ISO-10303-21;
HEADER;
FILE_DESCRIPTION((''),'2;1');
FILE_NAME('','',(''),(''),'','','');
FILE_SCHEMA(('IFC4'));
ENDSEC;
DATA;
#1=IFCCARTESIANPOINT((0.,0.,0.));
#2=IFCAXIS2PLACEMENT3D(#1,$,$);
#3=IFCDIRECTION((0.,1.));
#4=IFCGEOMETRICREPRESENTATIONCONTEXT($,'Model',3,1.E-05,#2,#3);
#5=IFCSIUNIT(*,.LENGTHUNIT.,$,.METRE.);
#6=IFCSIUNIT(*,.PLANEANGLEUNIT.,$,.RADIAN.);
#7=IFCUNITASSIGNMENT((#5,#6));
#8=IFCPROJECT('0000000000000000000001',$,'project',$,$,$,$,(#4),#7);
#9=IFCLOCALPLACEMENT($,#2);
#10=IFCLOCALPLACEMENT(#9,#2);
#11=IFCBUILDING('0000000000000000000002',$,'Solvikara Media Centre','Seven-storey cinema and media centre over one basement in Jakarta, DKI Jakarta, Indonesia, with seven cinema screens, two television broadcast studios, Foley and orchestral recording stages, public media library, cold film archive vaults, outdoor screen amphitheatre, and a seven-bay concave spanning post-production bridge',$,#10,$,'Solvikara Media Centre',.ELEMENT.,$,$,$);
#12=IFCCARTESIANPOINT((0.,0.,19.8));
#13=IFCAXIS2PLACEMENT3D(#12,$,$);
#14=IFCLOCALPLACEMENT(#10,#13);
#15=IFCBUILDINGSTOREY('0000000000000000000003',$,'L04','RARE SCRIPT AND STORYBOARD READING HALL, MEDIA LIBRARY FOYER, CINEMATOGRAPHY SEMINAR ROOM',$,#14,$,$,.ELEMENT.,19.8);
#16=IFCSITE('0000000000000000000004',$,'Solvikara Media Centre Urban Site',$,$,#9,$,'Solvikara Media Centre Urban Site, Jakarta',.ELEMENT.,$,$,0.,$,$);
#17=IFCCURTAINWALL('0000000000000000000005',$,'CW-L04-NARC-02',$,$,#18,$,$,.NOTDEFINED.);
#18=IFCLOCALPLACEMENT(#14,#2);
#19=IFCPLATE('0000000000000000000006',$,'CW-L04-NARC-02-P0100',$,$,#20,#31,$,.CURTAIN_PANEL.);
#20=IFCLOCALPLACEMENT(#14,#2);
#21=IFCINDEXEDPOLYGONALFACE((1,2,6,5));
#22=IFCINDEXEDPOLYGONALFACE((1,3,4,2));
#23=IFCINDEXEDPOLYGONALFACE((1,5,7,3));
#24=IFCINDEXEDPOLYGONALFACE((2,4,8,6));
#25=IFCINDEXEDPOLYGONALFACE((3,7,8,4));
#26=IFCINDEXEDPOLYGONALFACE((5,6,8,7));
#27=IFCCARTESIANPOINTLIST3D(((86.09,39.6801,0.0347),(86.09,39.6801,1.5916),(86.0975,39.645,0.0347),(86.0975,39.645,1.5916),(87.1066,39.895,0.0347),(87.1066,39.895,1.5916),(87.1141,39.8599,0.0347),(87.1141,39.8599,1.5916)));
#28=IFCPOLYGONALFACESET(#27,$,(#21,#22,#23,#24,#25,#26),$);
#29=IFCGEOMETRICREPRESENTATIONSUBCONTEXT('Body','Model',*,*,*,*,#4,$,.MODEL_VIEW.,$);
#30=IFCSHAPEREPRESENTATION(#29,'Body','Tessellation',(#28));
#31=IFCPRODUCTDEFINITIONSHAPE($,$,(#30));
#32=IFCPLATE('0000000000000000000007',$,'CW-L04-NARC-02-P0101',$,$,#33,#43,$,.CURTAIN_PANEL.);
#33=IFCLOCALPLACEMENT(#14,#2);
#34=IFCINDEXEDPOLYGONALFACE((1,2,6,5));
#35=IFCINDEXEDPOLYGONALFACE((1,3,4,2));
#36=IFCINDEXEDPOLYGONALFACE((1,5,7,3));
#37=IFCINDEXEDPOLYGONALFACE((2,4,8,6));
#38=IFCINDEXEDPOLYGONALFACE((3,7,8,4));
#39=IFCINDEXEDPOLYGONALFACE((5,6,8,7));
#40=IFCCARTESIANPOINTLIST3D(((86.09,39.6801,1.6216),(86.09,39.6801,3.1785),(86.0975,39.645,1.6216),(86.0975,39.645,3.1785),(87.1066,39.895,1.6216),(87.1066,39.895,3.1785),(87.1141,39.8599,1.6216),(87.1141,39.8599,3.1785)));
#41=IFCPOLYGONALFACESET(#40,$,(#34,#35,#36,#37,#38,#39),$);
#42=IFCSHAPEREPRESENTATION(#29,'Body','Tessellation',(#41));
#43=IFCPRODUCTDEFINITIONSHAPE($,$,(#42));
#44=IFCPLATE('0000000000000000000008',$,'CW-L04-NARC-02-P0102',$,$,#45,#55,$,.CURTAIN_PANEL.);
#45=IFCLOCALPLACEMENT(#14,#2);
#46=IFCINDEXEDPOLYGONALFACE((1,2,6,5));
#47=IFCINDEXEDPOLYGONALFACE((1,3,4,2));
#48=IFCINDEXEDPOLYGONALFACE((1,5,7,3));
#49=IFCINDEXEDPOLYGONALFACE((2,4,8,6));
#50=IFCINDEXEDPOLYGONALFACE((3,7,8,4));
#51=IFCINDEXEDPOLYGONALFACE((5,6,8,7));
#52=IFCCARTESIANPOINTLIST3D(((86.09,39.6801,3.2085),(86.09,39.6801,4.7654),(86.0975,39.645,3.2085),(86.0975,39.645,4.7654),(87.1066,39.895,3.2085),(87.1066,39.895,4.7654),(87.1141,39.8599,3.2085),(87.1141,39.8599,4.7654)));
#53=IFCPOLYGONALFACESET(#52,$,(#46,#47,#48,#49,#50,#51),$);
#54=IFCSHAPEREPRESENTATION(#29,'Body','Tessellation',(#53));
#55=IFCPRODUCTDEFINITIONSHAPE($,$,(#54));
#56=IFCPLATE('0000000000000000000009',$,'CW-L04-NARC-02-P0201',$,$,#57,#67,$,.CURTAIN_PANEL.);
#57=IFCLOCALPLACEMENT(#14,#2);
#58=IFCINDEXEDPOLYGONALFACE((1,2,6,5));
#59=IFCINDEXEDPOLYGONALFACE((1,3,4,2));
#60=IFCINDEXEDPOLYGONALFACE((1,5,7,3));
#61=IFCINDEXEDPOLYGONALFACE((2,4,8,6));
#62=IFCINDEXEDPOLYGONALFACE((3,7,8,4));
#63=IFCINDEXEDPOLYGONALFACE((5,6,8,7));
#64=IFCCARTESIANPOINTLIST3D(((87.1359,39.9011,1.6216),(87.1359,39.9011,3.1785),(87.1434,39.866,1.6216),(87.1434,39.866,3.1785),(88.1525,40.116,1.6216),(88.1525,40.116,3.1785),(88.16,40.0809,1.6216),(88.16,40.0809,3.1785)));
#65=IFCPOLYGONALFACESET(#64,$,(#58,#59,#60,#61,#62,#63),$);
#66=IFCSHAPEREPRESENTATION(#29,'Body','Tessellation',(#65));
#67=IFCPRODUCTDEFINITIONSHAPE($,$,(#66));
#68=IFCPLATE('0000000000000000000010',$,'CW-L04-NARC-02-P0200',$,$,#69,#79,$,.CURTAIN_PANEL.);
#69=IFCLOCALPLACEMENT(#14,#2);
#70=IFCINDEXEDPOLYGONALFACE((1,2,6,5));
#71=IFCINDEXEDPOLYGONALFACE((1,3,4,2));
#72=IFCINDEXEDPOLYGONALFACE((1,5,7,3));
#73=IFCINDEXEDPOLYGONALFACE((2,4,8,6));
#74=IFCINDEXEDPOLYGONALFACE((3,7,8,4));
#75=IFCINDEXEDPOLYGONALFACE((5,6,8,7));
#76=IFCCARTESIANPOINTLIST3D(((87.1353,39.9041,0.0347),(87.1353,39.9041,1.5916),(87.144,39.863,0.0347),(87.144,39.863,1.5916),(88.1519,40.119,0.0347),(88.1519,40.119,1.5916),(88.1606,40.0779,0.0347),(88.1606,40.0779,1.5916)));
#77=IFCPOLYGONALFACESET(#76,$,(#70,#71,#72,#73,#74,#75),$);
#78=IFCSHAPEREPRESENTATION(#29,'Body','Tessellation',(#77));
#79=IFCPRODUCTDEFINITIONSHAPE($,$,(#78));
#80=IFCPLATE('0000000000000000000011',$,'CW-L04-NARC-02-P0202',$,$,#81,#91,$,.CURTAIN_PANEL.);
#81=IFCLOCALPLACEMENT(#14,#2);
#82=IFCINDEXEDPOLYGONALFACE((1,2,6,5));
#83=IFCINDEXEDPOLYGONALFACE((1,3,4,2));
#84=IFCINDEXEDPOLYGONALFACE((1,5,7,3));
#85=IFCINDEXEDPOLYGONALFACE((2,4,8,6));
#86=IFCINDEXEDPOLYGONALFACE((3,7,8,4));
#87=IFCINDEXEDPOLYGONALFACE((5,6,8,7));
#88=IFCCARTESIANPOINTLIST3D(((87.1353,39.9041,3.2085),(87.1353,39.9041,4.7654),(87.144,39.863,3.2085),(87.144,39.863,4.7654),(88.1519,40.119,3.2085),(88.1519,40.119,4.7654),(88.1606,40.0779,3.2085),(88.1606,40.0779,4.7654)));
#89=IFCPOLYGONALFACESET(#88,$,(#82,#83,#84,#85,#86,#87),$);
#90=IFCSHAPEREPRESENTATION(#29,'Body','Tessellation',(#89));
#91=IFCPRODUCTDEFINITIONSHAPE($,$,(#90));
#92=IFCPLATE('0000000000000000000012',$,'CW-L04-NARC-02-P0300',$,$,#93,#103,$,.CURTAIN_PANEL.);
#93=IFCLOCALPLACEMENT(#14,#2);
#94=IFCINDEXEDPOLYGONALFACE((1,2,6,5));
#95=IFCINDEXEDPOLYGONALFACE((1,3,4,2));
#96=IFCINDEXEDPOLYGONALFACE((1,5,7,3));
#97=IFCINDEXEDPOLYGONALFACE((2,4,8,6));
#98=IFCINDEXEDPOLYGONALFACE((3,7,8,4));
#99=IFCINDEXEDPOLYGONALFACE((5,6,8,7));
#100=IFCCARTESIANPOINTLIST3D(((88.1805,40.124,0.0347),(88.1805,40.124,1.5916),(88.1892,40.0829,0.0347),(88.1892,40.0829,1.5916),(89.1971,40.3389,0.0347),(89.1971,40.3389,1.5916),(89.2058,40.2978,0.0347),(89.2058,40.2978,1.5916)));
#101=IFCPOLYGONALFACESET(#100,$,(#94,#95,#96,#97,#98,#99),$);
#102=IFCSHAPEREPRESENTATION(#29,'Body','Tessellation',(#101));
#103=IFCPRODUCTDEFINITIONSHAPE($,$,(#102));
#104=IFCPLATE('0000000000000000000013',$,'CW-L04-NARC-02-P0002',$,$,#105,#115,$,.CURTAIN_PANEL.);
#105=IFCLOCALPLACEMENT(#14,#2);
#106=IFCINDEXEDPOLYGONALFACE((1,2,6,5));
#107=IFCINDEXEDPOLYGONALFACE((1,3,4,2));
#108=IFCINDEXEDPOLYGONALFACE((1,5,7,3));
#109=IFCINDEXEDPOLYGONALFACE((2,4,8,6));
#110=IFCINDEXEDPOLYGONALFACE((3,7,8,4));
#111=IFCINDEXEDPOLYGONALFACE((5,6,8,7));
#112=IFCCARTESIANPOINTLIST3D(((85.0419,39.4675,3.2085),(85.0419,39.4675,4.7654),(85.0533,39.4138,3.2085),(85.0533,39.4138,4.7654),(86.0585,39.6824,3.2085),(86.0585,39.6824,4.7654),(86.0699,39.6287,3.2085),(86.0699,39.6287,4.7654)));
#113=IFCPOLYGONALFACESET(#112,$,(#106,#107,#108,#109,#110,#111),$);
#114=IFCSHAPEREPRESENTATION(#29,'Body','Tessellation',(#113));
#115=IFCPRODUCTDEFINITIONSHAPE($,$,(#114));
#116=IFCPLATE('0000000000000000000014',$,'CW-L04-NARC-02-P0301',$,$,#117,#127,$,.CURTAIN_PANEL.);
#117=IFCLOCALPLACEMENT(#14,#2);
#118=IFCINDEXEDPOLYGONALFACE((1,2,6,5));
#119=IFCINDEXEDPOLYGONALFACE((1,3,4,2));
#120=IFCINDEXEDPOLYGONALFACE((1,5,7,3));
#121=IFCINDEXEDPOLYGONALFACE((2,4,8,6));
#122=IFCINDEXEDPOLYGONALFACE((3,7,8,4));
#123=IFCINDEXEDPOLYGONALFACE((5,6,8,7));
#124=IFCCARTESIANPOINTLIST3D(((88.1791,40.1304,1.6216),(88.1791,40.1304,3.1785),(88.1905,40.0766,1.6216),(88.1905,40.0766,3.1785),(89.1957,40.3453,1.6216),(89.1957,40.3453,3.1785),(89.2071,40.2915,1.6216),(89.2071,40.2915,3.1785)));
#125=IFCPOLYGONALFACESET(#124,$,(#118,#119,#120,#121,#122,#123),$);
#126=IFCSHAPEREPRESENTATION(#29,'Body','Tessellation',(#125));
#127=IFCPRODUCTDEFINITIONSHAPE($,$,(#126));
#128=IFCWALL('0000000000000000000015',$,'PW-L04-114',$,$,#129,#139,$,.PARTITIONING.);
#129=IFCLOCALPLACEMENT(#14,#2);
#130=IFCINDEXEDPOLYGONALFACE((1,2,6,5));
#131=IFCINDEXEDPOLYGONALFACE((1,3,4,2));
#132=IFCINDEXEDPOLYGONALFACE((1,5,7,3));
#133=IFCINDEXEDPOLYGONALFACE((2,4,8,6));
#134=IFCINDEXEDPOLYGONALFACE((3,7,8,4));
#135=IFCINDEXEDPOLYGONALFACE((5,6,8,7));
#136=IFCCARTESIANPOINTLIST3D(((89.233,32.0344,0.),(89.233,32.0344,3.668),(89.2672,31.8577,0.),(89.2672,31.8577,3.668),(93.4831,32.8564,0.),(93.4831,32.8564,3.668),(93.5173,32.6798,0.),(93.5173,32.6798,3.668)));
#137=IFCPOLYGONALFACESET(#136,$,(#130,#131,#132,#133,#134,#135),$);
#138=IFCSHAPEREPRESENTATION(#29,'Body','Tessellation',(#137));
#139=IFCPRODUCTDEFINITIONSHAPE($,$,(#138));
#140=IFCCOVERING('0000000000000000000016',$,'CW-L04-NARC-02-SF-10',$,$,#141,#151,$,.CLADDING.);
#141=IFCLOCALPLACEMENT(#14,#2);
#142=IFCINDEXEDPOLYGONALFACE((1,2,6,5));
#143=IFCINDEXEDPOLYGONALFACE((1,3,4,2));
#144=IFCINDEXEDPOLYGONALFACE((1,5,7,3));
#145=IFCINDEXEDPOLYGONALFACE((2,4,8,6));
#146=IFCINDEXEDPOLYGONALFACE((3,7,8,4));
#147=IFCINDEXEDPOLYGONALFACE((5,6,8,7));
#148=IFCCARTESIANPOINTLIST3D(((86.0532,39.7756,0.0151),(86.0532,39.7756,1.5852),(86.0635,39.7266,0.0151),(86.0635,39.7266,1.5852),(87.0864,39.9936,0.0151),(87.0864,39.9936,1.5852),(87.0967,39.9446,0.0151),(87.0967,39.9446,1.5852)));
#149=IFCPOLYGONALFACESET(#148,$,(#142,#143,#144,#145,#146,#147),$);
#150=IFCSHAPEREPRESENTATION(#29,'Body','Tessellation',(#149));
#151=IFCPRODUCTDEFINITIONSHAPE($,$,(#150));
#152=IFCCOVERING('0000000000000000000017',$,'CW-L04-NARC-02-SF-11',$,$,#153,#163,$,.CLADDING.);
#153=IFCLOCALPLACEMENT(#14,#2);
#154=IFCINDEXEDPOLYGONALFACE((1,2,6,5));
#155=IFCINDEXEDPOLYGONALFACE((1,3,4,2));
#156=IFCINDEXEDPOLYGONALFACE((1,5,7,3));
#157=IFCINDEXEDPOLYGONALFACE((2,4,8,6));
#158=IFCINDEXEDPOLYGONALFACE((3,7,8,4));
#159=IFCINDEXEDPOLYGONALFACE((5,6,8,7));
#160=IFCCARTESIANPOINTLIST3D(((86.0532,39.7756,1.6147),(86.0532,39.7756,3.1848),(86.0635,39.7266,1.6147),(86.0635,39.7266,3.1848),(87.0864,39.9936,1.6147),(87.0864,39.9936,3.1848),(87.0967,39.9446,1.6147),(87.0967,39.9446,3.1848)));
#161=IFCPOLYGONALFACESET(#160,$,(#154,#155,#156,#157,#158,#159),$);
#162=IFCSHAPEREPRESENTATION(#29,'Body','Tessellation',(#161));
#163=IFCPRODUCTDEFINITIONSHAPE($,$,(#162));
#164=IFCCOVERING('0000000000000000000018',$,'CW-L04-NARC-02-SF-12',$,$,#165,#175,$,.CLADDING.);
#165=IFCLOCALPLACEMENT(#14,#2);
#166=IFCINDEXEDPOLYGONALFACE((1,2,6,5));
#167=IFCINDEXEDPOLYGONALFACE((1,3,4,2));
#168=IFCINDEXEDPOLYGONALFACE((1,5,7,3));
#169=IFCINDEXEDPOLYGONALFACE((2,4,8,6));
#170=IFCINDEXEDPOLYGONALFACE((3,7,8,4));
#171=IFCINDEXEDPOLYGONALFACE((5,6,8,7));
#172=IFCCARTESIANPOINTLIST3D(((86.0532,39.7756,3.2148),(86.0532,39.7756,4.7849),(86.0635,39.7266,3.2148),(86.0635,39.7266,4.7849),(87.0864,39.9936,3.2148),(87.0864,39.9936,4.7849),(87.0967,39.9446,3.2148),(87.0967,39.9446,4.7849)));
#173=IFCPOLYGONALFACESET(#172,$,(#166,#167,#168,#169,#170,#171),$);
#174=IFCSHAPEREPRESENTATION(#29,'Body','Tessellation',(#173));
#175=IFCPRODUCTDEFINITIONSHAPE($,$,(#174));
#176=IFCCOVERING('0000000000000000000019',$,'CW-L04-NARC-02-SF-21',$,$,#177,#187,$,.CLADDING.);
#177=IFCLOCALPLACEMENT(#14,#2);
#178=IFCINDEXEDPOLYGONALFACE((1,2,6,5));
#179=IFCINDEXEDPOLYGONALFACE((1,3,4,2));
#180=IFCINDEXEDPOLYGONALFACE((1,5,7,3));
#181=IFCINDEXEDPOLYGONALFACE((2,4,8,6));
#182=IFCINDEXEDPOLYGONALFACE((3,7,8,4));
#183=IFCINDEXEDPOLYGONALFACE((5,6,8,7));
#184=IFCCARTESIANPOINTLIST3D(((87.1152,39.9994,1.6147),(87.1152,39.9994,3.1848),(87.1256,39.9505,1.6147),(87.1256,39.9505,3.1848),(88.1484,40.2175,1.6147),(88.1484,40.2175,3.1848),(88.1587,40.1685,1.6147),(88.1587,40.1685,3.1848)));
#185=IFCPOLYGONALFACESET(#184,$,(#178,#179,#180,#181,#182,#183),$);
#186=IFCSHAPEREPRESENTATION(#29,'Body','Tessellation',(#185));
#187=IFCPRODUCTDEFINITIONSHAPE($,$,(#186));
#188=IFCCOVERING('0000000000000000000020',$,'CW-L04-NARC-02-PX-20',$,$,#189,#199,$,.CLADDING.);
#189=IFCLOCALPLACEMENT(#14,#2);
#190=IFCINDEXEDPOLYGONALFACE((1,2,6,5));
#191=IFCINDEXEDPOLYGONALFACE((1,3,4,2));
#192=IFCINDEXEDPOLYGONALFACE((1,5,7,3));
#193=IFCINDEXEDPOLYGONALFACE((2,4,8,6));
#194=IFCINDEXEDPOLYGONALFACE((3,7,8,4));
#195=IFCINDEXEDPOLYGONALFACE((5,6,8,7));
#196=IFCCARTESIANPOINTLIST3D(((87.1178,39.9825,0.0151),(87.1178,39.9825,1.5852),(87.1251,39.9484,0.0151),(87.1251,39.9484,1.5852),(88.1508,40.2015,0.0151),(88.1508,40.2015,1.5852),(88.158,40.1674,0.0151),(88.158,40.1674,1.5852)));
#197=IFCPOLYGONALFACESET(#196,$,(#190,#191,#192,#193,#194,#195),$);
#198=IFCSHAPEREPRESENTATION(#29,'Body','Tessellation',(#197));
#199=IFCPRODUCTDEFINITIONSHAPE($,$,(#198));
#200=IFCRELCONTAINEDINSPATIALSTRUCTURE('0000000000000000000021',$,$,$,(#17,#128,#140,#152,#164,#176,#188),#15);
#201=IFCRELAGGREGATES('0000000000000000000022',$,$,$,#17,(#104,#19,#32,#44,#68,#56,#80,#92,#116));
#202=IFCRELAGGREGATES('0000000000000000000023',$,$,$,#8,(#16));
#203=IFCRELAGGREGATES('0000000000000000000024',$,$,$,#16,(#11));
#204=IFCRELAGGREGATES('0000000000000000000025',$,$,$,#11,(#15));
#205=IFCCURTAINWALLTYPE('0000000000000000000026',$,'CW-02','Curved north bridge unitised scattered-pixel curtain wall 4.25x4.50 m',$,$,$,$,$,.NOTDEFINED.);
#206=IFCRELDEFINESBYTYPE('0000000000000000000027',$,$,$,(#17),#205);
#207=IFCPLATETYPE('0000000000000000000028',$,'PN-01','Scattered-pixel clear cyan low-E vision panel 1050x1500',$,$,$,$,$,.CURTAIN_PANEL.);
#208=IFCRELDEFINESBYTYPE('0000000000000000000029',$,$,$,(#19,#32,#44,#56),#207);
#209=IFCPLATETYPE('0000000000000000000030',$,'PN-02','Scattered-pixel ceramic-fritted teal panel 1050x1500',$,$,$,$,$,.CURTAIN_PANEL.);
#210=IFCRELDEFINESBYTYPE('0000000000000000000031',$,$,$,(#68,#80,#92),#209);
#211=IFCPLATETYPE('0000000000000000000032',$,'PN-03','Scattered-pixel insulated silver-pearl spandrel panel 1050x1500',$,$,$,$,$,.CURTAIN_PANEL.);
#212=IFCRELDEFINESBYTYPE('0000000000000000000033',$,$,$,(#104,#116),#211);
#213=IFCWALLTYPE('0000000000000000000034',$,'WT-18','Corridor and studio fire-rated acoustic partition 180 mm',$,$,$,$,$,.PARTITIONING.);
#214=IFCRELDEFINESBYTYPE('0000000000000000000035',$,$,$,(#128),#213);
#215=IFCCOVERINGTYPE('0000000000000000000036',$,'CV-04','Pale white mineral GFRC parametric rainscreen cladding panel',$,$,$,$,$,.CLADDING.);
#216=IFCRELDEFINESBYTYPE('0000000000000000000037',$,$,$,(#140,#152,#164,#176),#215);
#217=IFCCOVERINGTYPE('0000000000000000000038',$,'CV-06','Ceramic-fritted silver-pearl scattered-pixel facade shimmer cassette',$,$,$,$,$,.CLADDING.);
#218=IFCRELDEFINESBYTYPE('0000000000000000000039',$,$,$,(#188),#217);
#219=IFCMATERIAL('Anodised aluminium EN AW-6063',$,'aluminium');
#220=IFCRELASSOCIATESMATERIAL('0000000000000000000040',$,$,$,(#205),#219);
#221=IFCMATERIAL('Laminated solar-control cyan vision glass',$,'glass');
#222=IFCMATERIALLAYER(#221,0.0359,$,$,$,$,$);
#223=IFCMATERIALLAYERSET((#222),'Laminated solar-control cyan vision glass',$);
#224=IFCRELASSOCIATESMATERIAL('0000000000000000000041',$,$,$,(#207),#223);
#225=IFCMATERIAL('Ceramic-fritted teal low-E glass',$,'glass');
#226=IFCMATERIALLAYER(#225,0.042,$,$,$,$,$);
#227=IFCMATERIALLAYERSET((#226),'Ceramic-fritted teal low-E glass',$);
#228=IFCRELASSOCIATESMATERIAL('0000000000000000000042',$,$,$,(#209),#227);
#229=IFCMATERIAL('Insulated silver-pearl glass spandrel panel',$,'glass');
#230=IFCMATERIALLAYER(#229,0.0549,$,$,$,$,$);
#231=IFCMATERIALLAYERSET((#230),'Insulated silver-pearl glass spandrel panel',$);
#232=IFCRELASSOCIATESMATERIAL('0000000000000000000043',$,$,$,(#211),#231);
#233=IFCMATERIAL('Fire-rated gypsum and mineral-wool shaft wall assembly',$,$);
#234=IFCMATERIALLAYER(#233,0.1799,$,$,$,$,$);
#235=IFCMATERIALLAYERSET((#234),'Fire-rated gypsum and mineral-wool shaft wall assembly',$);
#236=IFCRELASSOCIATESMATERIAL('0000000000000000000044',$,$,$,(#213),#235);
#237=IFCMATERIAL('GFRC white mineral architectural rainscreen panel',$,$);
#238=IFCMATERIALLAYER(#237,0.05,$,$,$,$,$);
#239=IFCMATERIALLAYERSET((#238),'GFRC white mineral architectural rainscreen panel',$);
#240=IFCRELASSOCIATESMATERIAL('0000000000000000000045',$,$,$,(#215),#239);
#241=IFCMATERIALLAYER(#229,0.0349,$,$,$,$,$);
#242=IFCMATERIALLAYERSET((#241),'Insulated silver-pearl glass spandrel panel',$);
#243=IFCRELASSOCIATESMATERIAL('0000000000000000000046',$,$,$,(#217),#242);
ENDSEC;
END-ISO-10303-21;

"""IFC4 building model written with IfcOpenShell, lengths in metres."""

from ifc_helpers import new_model, si_unit, direction, frame, frame_2d, origin, origin_2d, place, context, subcontext, project, spatial, rectangle, extrude, material, layer, layer_set, type_object, element, aggregate, save


model = new_model("IFC4")

# Units and contexts
model_context = context("Model", 3, precision=1e-05, world=origin(), true_north=direction((0.0, 1.0)))
body_context = subcontext(model_context, "Body", "Model", "MODEL_VIEW")
ifc_project = project(units=[si_unit("LENGTHUNIT", "METRE"), si_unit("PLANEANGLEUNIT", "RADIAN")], contexts=[model_context])

# Site, building, storey
site_placement = place(None, origin())
site = spatial("IfcSite", under=ifc_project, at=site_placement, Name="Solvikara Media Centre Urban Site", LongName="Solvikara Media Centre Urban Site, Jakarta", CompositionType="ELEMENT", RefElevation=0.0)
building_placement = place(site_placement, origin())
building = spatial("IfcBuilding", under=site, at=building_placement, Name="Solvikara Media Centre", Description="Seven-storey cinema and media centre over one basement in Jakarta, DKI Jakarta, Indonesia, with seven cinema screens, two television broadcast studios, Foley and orchestral recording stages, public media library, cold film archive vaults, outdoor screen amphitheatre, and a seven-bay concave spanning post-production bridge", LongName="Solvikara Media Centre", CompositionType="ELEMENT")
storey_placement = place(building_placement, frame((0.0, 0.0, 19.8)))
storey = spatial("IfcBuildingStorey", under=building, at=storey_placement, Name="L04", Description="RARE SCRIPT AND STORYBOARD READING HALL, MEDIA LIBRARY FOYER, CINEMATOGRAPHY SEMINAR ROOM", CompositionType="ELEMENT", Elevation=19.8)

# Curtain wall
ifc_material_1 = material(Name="Anodised aluminium EN AW-6063", Category="aluminium")
curtain_wall_type = type_object("IfcCurtainWallType", Name="CW-02", Description="Curved north bridge unitised scattered-pixel curtain wall 4.25x4.50 m", PredefinedType="NOTDEFINED", material=ifc_material_1)
curtain_wall_placement = place(storey_placement, origin())
curtain_wall = element("IfcCurtainWall", 1, at=curtain_wall_placement, inside=storey, type_object=curtain_wall_type, Name="CW-L04-NARC-02", PredefinedType="NOTDEFINED")

# Plates
ifc_material_2 = material(Name="Laminated solar-control cyan vision glass", Category="glass")
ifc_layer_1 = layer(ifc_material_2, 0.0359)
ifc_layer_set_1 = layer_set([ifc_layer_1], Name="Laminated solar-control cyan vision glass")
plate_type_1 = type_object("IfcPlateType", Name="PN-01", Description="Scattered-pixel clear cyan low-E vision panel 1050x1500", PredefinedType="CURTAIN_PANEL", material=ifc_layer_set_1)
plate_1_placement = place(storey_placement, frame((86.6021, 39.77, 0.0347), z_axis=(0.0, 0.0, 1.0), x_axis=(0.978379, 0.206819, 0.0)))
plate_1 = element("IfcPlate", 2, at=plate_1_placement, type_object=plate_type_1, Name="CW-L04-NARC-02-P0100", PredefinedType="CURTAIN_PANEL", context=body_context, shape_type="SweptSolid", body=[
    extrude(rectangle(XDim=1.0391, YDim=0.0359, at=origin_2d()), origin(), (0.0, 0.0, 1.0), 1.5569),
])
plate_2_placement = place(storey_placement, frame((86.6021, 39.77, 1.6216), z_axis=(0.0, 0.0, 1.0), x_axis=(0.978379, 0.206819, 0.0)))
plate_2 = element("IfcPlate", 3, at=plate_2_placement, type_object=plate_type_1, Name="CW-L04-NARC-02-P0101", PredefinedType="CURTAIN_PANEL", context=body_context, shape_type="SweptSolid", body=[
    extrude(rectangle(XDim=1.0391, YDim=0.0359, at=origin_2d()), origin(), (0.0, 0.0, 1.0), 1.5569),
])
plate_3_placement = place(storey_placement, frame((86.6021, 39.77, 3.2085), z_axis=(0.0, 0.0, 1.0), x_axis=(0.978379, 0.206819, 0.0)))
plate_3 = element("IfcPlate", 4, at=plate_3_placement, type_object=plate_type_1, Name="CW-L04-NARC-02-P0102", PredefinedType="CURTAIN_PANEL", context=body_context, shape_type="SweptSolid", body=[
    extrude(rectangle(XDim=1.0391, YDim=0.0359, at=origin_2d()), origin(), (0.0, 0.0, 1.0), 1.5569),
])
plate_4_placement = place(storey_placement, frame((87.6479, 39.991, 1.6216), z_axis=(0.0, 0.0, 1.0), x_axis=(0.978379, 0.206819, 0.0)))
plate_4 = element("IfcPlate", 5, at=plate_4_placement, type_object=plate_type_1, Name="CW-L04-NARC-02-P0201", PredefinedType="CURTAIN_PANEL", context=body_context, shape_type="SweptSolid", body=[
    extrude(rectangle(XDim=1.0391, YDim=0.0359, at=origin_2d()), origin(), (0.0, 0.0, 1.0), 1.5569),
])
ifc_material_3 = material(Name="Ceramic-fritted teal low-E glass", Category="glass")
ifc_layer_2 = layer(ifc_material_3, 0.042)
ifc_layer_set_2 = layer_set([ifc_layer_2], Name="Ceramic-fritted teal low-E glass")
plate_type_2 = type_object("IfcPlateType", Name="PN-02", Description="Scattered-pixel ceramic-fritted teal panel 1050x1500", PredefinedType="CURTAIN_PANEL", material=ifc_layer_set_2)
plate_5_placement = place(storey_placement, frame((87.6479, 39.991, 0.0347), z_axis=(0.0, 0.0, 1.0), x_axis=(0.978379, 0.206819, 0.0)))
plate_5 = element("IfcPlate", 6, at=plate_5_placement, type_object=plate_type_2, Name="CW-L04-NARC-02-P0200", PredefinedType="CURTAIN_PANEL", context=body_context, shape_type="SweptSolid", body=[
    extrude(rectangle(XDim=1.0391, YDim=0.042, at=origin_2d()), origin(), (0.0, 0.0, 1.0), 1.5569),
])
plate_6_placement = place(storey_placement, frame((87.6479, 39.991, 3.2085), z_axis=(0.0, 0.0, 1.0), x_axis=(0.978379, 0.206819, 0.0)))
plate_6 = element("IfcPlate", 7, at=plate_6_placement, type_object=plate_type_2, Name="CW-L04-NARC-02-P0202", PredefinedType="CURTAIN_PANEL", context=body_context, shape_type="SweptSolid", body=[
    extrude(rectangle(XDim=1.0391, YDim=0.042, at=origin_2d()), origin(), (0.0, 0.0, 1.0), 1.5569),
])
plate_7_placement = place(storey_placement, frame((88.6931, 40.2109, 0.0347), z_axis=(0.0, 0.0, 1.0), x_axis=(0.978379, 0.206819, 0.0)))
plate_7 = element("IfcPlate", 8, at=plate_7_placement, type_object=plate_type_2, Name="CW-L04-NARC-02-P0300", PredefinedType="CURTAIN_PANEL", context=body_context, shape_type="SweptSolid", body=[
    extrude(rectangle(XDim=1.0391, YDim=0.042, at=origin_2d()), origin(), (0.0, 0.0, 1.0), 1.5569),
])
ifc_material_4 = material(Name="Insulated silver-pearl glass spandrel panel", Category="glass")
ifc_layer_3 = layer(ifc_material_4, 0.0549)
ifc_layer_set_3 = layer_set([ifc_layer_3], Name="Insulated silver-pearl glass spandrel panel")
plate_type_3 = type_object("IfcPlateType", Name="PN-03", Description="Scattered-pixel insulated silver-pearl spandrel panel 1050x1500", PredefinedType="CURTAIN_PANEL", material=ifc_layer_set_3)
plate_8_placement = place(storey_placement, frame((85.5559, 39.5481, 3.2085), z_axis=(0.0, 0.0, 1.0), x_axis=(0.978379, 0.206819, 0.0)))
plate_8 = element("IfcPlate", 9, at=plate_8_placement, type_object=plate_type_3, Name="CW-L04-NARC-02-P0002", PredefinedType="CURTAIN_PANEL", context=body_context, shape_type="SweptSolid", body=[
    extrude(rectangle(XDim=1.0391, YDim=0.0549, at=origin_2d()), origin(), (0.0, 0.0, 1.0), 1.5569),
])
plate_9_placement = place(storey_placement, frame((88.6931, 40.2109, 1.6216), z_axis=(0.0, 0.0, 1.0), x_axis=(0.978379, 0.206819, 0.0)))
plate_9 = element("IfcPlate", 10, at=plate_9_placement, type_object=plate_type_3, Name="CW-L04-NARC-02-P0301", PredefinedType="CURTAIN_PANEL", context=body_context, shape_type="SweptSolid", body=[
    extrude(rectangle(XDim=1.0391, YDim=0.0549, at=origin_2d()), origin(), (0.0, 0.0, 1.0), 1.5569),
])
aggregate(curtain_wall, [plate_8, plate_1, plate_2, plate_3, plate_5, plate_4, plate_6, plate_7, plate_9])

# Wall
ifc_material_5 = material(Name="Fire-rated gypsum and mineral-wool shaft wall assembly")
ifc_layer_4 = layer(ifc_material_5, 0.1799)
ifc_layer_set_4 = layer_set([ifc_layer_4], Name="Fire-rated gypsum and mineral-wool shaft wall assembly")
wall_type = type_object("IfcWallType", Name="WT-18", Description="Corridor and studio fire-rated acoustic partition 180 mm", PredefinedType="PARTITIONING", material=ifc_layer_set_4)
wall_placement = place(storey_placement, frame((89.25, 31.946, 0.0), z_axis=(0.0, 0.0, 1.0), x_axis=(0.981804, 0.189897, 0.0)))
element("IfcWall", 11, at=wall_placement, inside=storey, type_object=wall_type, Name="PW-L04-114", PredefinedType="PARTITIONING", context=body_context, shape_type="SweptSolid", body=[
    extrude(rectangle(XDim=4.3289, YDim=0.1799, at=frame_2d((2.1646, 0.0))), origin(), (0.0, 0.0, 1.0), 3.668),
])

# Coverings
ifc_material_6 = material(Name="GFRC white mineral architectural rainscreen panel")
ifc_layer_5 = layer(ifc_material_6, 0.05)
ifc_layer_set_5 = layer_set([ifc_layer_5], Name="GFRC white mineral architectural rainscreen panel")
covering_type_1 = type_object("IfcCoveringType", Name="CV-04", Description="Pale white mineral GFRC parametric rainscreen cladding panel", PredefinedType="CLADDING", material=ifc_layer_set_5)
for number, where, z_axis, x_axis, name in (
    (12, (86.575, 39.8601, 0.0151), (0.0, 0.0, 1.0), (0.978448, 0.206495, 0.0), "CW-L04-NARC-02-SF-10"),
    (13, (86.575, 39.8601, 1.6147), (0.0, 0.0, 1.0), (0.978448, 0.206495, 0.0), "CW-L04-NARC-02-SF-11"),
    (14, (86.575, 39.8601, 3.2148), (0.0, 0.0, 1.0), (0.978448, 0.206495, 0.0), "CW-L04-NARC-02-SF-12"),
    (15, (87.637, 40.084, 1.6147), (0.0, 0.0, 1.0), (0.978448, 0.206495, 0.0), "CW-L04-NARC-02-SF-21"),
):
    element("IfcCovering", number, at=place(storey_placement, frame(where, z_axis=z_axis, x_axis=x_axis)), inside=storey, type_object=covering_type_1, Name=name, PredefinedType="CLADDING", context=body_context, shape_type="SweptSolid", body=[
        extrude(rectangle(XDim=1.0559, YDim=0.05, at=origin_2d()), origin(), (0.0, 0.0, 1.0), 1.5701),
    ])
ifc_layer_6 = layer(ifc_material_4, 0.0349)
ifc_layer_set_6 = layer_set([ifc_layer_6], Name="Insulated silver-pearl glass spandrel panel")
covering_type_2 = type_object("IfcCoveringType", Name="CV-06", Description="Ceramic-fritted silver-pearl scattered-pixel facade shimmer cassette", PredefinedType="CLADDING", material=ifc_layer_set_6)
for number, where, z_axis, x_axis, name in (
    (16, (87.6379, 40.075, 0.0151), (0.0, 0.0, 1.0), (0.978256, 0.2074, 0.0), "CW-L04-NARC-02-PX-20"),
):
    element("IfcCovering", number, at=place(storey_placement, frame(where, z_axis=z_axis, x_axis=x_axis)), inside=storey, type_object=covering_type_2, Name=name, PredefinedType="CLADDING", context=body_context, shape_type="SweptSolid", body=[
        extrude(rectangle(XDim=1.0559, YDim=0.0349, at=origin_2d()), origin(), (0.0, 0.0, 1.0), 1.5701),
    ])

save(model, "model.ifc")
